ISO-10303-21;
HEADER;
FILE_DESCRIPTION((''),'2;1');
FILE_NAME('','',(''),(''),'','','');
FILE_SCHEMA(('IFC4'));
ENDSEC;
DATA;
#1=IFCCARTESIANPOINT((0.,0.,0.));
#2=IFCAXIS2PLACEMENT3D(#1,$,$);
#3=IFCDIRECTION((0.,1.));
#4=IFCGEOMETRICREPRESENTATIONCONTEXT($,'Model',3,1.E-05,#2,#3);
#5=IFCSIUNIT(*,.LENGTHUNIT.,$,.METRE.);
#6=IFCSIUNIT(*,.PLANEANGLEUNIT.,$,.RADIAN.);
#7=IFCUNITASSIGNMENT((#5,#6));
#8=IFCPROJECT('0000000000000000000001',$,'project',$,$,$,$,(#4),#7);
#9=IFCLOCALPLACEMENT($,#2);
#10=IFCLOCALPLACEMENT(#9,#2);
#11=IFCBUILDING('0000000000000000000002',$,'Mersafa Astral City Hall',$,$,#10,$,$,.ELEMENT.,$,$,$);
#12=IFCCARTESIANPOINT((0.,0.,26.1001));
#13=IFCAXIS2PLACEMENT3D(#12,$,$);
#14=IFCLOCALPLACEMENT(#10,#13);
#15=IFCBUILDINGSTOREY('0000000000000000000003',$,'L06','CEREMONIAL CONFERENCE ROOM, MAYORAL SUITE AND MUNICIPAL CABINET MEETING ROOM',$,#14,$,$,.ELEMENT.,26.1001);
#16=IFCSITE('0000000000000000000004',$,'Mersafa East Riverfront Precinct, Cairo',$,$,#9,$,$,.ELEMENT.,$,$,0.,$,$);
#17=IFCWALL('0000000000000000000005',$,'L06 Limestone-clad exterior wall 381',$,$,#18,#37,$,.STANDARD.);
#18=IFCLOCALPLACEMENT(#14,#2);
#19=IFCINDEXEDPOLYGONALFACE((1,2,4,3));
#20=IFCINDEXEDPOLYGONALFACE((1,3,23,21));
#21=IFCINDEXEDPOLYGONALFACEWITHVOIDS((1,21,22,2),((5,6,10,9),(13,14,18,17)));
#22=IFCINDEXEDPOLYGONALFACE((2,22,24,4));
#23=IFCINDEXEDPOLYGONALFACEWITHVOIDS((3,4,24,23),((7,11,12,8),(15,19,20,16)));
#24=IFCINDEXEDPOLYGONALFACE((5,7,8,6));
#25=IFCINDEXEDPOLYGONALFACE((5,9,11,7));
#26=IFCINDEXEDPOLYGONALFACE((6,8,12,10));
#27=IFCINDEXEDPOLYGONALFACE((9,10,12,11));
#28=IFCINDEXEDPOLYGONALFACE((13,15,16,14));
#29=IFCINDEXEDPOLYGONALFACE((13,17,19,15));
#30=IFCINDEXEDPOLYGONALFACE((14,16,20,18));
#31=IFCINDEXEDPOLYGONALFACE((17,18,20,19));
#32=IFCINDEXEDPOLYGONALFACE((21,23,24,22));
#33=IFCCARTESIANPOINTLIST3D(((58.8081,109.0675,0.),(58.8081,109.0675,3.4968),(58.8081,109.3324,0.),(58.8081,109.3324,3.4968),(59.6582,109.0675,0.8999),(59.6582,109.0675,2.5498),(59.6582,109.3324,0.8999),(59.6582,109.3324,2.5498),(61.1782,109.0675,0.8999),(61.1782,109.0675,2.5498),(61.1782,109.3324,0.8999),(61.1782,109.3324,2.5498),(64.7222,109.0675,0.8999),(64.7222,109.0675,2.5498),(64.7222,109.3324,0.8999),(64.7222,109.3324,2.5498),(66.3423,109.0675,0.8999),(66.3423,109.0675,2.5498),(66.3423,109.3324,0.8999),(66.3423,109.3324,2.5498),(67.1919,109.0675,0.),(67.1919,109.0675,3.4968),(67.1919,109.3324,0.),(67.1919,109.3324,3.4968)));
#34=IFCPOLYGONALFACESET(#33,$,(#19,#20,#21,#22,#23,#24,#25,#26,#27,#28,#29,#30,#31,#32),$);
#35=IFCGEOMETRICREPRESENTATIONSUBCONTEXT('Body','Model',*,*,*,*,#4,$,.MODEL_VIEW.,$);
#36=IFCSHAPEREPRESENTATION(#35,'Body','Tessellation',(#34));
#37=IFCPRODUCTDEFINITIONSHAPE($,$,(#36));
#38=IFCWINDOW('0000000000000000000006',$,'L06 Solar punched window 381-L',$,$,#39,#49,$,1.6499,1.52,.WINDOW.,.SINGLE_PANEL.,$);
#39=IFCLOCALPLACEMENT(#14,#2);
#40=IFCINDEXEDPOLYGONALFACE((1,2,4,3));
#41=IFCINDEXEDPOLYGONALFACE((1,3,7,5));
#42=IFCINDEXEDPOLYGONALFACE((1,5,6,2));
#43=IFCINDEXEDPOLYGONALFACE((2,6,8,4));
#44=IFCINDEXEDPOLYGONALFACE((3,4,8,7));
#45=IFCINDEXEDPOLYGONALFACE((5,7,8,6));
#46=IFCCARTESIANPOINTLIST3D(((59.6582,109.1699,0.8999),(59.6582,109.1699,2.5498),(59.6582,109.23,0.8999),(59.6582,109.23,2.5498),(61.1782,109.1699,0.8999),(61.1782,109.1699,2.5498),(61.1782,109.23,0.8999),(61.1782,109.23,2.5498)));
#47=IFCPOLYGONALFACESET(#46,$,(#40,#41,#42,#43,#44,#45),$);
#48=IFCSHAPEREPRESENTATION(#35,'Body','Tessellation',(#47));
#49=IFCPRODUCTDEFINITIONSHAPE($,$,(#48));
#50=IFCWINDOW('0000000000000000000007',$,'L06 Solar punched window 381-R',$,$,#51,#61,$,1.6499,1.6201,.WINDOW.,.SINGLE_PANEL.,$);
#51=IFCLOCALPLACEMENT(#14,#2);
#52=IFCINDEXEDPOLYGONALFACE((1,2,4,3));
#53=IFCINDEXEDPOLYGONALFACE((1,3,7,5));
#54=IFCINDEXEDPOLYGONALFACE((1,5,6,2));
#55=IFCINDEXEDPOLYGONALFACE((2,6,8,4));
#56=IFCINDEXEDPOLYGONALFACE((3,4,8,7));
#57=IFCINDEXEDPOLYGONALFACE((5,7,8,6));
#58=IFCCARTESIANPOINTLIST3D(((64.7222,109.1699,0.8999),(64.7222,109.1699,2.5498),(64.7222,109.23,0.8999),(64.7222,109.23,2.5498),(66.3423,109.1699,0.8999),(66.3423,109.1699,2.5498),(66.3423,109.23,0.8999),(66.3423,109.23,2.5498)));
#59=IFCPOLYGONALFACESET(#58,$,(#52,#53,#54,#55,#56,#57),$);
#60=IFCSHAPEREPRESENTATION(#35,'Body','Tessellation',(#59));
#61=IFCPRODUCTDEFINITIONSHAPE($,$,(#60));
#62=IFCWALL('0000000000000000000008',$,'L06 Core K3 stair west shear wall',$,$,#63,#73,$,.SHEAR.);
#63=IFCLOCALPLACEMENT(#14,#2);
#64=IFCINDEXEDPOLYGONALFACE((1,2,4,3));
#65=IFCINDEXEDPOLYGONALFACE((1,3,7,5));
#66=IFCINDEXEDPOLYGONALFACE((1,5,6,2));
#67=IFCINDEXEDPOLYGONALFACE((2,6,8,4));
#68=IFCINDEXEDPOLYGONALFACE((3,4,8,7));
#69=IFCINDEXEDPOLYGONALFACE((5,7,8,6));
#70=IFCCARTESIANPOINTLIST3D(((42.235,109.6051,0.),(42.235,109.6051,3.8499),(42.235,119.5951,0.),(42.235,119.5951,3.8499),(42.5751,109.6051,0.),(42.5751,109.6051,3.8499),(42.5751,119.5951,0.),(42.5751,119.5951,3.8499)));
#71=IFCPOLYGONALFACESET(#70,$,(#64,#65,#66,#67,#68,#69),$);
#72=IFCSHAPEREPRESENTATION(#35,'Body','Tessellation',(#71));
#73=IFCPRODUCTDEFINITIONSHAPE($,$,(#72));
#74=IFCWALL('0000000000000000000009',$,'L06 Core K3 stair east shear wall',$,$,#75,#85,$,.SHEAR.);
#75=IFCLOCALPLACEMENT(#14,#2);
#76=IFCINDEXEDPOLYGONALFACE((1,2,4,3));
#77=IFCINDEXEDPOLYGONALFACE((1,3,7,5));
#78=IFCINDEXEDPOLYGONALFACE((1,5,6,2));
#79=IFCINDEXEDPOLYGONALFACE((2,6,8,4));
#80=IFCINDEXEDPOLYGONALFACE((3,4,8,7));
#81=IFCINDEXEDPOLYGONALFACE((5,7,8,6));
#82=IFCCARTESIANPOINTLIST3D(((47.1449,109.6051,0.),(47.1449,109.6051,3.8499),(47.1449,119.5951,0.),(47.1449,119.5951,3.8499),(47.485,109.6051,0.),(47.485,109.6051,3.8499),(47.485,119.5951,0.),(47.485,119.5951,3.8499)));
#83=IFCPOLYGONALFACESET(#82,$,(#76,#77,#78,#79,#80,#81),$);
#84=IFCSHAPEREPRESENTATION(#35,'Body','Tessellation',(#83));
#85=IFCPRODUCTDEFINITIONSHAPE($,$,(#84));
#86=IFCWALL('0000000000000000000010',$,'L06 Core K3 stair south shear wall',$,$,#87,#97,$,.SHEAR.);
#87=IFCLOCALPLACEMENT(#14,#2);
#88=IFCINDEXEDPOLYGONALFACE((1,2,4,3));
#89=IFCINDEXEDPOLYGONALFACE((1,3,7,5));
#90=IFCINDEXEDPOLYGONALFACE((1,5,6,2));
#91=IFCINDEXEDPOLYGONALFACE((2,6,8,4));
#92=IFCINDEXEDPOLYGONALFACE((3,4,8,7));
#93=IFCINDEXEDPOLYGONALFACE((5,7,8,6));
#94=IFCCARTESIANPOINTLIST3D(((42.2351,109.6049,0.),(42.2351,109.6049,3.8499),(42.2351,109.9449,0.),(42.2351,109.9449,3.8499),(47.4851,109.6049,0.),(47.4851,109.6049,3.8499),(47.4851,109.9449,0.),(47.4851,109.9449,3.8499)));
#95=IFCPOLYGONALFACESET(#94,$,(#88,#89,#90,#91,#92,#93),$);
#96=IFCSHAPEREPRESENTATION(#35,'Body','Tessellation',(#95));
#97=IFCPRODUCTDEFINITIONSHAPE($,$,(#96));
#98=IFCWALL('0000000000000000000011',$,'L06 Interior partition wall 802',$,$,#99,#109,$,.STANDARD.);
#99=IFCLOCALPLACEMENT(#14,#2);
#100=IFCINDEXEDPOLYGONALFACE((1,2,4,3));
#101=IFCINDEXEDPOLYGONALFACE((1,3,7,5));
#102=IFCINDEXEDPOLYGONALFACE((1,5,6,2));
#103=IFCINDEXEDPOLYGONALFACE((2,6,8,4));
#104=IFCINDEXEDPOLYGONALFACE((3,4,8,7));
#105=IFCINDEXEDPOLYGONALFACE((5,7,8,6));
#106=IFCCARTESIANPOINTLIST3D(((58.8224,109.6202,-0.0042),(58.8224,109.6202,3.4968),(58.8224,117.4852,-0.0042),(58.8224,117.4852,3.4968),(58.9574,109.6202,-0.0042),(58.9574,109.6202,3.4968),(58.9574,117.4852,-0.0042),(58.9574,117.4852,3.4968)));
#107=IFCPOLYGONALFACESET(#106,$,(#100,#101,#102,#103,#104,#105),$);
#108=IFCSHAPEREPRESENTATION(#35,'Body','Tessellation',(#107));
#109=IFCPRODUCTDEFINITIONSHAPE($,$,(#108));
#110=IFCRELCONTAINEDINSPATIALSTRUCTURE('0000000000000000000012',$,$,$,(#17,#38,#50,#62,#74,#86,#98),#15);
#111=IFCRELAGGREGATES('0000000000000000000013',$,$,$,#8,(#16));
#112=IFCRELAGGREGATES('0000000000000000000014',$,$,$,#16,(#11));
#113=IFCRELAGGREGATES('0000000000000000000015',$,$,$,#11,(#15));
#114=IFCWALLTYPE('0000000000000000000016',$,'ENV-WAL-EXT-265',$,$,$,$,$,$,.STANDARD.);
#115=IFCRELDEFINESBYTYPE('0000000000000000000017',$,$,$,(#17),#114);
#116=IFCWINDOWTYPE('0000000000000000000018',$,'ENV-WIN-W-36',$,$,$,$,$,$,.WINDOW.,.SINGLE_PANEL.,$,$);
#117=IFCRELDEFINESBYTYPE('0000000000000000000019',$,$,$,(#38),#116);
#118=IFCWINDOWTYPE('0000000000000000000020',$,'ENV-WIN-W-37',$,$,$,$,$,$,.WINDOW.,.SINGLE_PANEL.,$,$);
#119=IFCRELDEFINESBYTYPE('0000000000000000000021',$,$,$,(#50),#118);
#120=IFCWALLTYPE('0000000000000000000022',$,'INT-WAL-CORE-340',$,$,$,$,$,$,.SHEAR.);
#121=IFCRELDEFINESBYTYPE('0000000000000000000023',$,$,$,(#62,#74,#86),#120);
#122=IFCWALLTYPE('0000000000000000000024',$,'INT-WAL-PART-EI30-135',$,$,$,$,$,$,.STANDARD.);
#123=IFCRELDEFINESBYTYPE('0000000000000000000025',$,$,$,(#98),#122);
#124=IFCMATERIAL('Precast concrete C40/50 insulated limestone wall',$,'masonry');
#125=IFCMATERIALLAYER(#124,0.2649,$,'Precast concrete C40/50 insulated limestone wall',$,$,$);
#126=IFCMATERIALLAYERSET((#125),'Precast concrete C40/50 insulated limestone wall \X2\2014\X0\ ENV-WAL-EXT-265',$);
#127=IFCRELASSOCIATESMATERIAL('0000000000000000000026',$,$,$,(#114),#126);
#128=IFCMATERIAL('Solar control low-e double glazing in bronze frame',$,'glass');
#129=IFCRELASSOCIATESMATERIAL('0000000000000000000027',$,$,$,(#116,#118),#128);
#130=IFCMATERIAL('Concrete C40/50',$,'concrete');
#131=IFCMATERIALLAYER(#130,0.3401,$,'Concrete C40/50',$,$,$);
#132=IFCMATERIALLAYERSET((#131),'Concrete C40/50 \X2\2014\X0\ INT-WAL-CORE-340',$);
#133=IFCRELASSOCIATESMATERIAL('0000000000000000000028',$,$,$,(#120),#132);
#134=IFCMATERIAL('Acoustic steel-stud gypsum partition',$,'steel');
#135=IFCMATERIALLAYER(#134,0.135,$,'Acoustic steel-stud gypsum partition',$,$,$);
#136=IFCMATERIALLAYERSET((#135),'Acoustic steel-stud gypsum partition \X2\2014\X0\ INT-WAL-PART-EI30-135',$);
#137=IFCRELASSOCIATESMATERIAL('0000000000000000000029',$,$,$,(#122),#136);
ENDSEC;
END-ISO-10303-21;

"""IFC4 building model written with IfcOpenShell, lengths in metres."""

from ifc_helpers import new_model, si_unit, direction, frame, frame_2d, origin, place, context, subcontext, project, spatial, rectangle, extrude, material, layer, layer_set, type_object, element, fill, save


model = new_model("IFC4")

# Units and contexts
model_context = context("Model", 3, precision=1e-05, world=origin(), true_north=direction((0.0, 1.0)))
body_context = subcontext(model_context, "Body", "Model", "MODEL_VIEW")
ifc_project = project(units=[si_unit("LENGTHUNIT", "METRE"), si_unit("PLANEANGLEUNIT", "RADIAN")], contexts=[model_context])

# Site, building, storey
site_placement = place(None, origin())
site = spatial("IfcSite", under=ifc_project, at=site_placement, Name="Mersafa East Riverfront Precinct, Cairo", CompositionType="ELEMENT", RefElevation=0.0)
building_placement = place(site_placement, origin())
building = spatial("IfcBuilding", under=site, at=building_placement, Name="Mersafa Astral City Hall", CompositionType="ELEMENT")
storey_placement = place(building_placement, frame((0.0, 0.0, 26.1001)))
storey = spatial("IfcBuildingStorey", under=building, at=storey_placement, Name="L06", Description="CEREMONIAL CONFERENCE ROOM, MAYORAL SUITE AND MUNICIPAL CABINET MEETING ROOM", CompositionType="ELEMENT", Elevation=26.1001)

# Wall, openings, windows
ifc_material_1 = material(Name="Precast concrete C40/50 insulated limestone wall", Category="masonry")
ifc_layer_1 = layer(ifc_material_1, 0.2649, Name="Precast concrete C40/50 insulated limestone wall")
ifc_layer_set_1 = layer_set([ifc_layer_1], Name="Precast concrete C40/50 insulated limestone wall — ENV-WAL-EXT-265")
wall_type_1 = type_object("IfcWallType", Name="ENV-WAL-EXT-265", PredefinedType="STANDARD", material=ifc_layer_set_1)
wall_1_placement = place(storey_placement, frame((58.8081, 109.2, 0.0), z_axis=(0.0, 0.0, 1.0), x_axis=(1.0, 0.0, 0.0)))
wall_1 = element("IfcWall", 1, at=wall_1_placement, inside=storey, type_object=wall_type_1, Name="L06 Limestone-clad exterior wall 381", PredefinedType="STANDARD", context=body_context, shape_type="SweptSolid", body=[
    extrude(rectangle(XDim=8.3838, YDim=0.2649, at=frame_2d((4.1919, 0.0))), origin(), (0.0, 0.0, 1.0), 3.4968),
])
opening_1_placement = place(wall_1_placement, frame((0.8501, 0.0, 0.8999)))
opening_1 = element("IfcOpeningElement", 2, at=opening_1_placement, cuts=wall_1, PredefinedType="OPENING", context=body_context, shape_type="SweptSolid", body=[
    extrude(rectangle(XDim=1.52, YDim=1.6499, at=frame_2d((0.76, 0.825))), frame((0.0, 0.1423, 0.0), z_axis=(0.0, -1.0, 0.0), x_axis=(1.0, 0.0, 0.0)), (0.0, 0.0, 1.0), 0.2849),
])
opening_2_placement = place(wall_1_placement, frame((5.9141, 0.0, 0.8999)))
opening_2 = element("IfcOpeningElement", 3, at=opening_2_placement, cuts=wall_1, PredefinedType="OPENING", context=body_context, shape_type="SweptSolid", body=[
    extrude(rectangle(XDim=1.6201, YDim=1.6499, at=frame_2d((0.8101, 0.825))), frame((0.0, 0.1423, 0.0), z_axis=(0.0, -1.0, 0.0), x_axis=(1.0, 0.0, 0.0)), (0.0, 0.0, 1.0), 0.2849),
])
ifc_material_2 = material(Name="Solar control low-e double glazing in bronze frame", Category="glass")
window_type_1 = type_object("IfcWindowType", Name="ENV-WIN-W-36", PartitioningType="SINGLE_PANEL", PredefinedType="WINDOW", material=ifc_material_2)
window_1_placement = place(opening_1_placement, origin())
window_1 = element("IfcWindow", 4, at=window_1_placement, inside=storey, type_object=window_type_1, Name="L06 Solar punched window 381-L", OverallHeight=1.6499, OverallWidth=1.52, PartitioningType="SINGLE_PANEL", PredefinedType="WINDOW", context=body_context, shape_type="SweptSolid", body=[
    extrude(rectangle(XDim=1.52, YDim=1.6499, at=frame_2d((0.76, 0.825))), frame((0.0, 0.03, 0.0), z_axis=(0.0, -1.0, 0.0), x_axis=(1.0, 0.0, 0.0)), (0.0, 0.0, 1.0), 0.0601),
])
fill(opening_1, window_1)
window_type_2 = type_object("IfcWindowType", Name="ENV-WIN-W-37", PartitioningType="SINGLE_PANEL", PredefinedType="WINDOW", material=ifc_material_2)
window_2_placement = place(opening_2_placement, origin())
window_2 = element("IfcWindow", 5, at=window_2_placement, inside=storey, type_object=window_type_2, Name="L06 Solar punched window 381-R", OverallHeight=1.6499, OverallWidth=1.6201, PartitioningType="SINGLE_PANEL", PredefinedType="WINDOW", context=body_context, shape_type="SweptSolid", body=[
    extrude(rectangle(XDim=1.6201, YDim=1.6499, at=frame_2d((0.8101, 0.825))), frame((0.0, 0.03, 0.0), z_axis=(0.0, -1.0, 0.0), x_axis=(1.0, 0.0, 0.0)), (0.0, 0.0, 1.0), 0.0601),
])
fill(opening_2, window_2)

# Walls
ifc_material_3 = material(Name="Concrete C40/50", Category="concrete")
ifc_layer_2 = layer(ifc_material_3, 0.3401, Name="Concrete C40/50")
ifc_layer_set_2 = layer_set([ifc_layer_2], Name="Concrete C40/50 — INT-WAL-CORE-340")
wall_type_2 = type_object("IfcWallType", Name="INT-WAL-CORE-340", PredefinedType="SHEAR", material=ifc_layer_set_2)
for number, where, z_axis, x_axis, name in (
    (6, (42.405, 109.605, 0.0), (0.0, 0.0, 1.0), (0.0, 1.0, 0.0), "L06 Core K3 stair west shear wall"),
    (7, (47.3149, 109.605, 0.0), (0.0, 0.0, 1.0), (0.0, 1.0, 0.0), "L06 Core K3 stair east shear wall"),
):
    element("IfcWall", number, at=place(storey_placement, frame(where, z_axis=z_axis, x_axis=x_axis)), inside=storey, type_object=wall_type_2, Name=name, PredefinedType="SHEAR", context=body_context, shape_type="SweptSolid", body=[
        extrude(rectangle(XDim=9.99, YDim=0.3401, at=frame_2d((4.9951, 0.0))), origin(), (0.0, 0.0, 1.0), 3.8499),
    ])
wall_2_placement = place(storey_placement, frame((42.2351, 109.7749, 0.0), z_axis=(0.0, 0.0, 1.0), x_axis=(1.0, 0.0, 0.0)))
element("IfcWall", 8, at=wall_2_placement, inside=storey, type_object=wall_type_2, Name="L06 Core K3 stair south shear wall", PredefinedType="SHEAR", context=body_context, shape_type="SweptSolid", body=[
    extrude(rectangle(XDim=5.25, YDim=0.3401, at=frame_2d((2.625, 0.0))), origin(), (0.0, 0.0, 1.0), 3.8499),
])
ifc_material_4 = material(Name="Acoustic steel-stud gypsum partition", Category="steel")
ifc_layer_3 = layer(ifc_material_4, 0.135, Name="Acoustic steel-stud gypsum partition")
ifc_layer_set_3 = layer_set([ifc_layer_3], Name="Acoustic steel-stud gypsum partition — INT-WAL-PART-EI30-135")
wall_type_3 = type_object("IfcWallType", Name="INT-WAL-PART-EI30-135", PredefinedType="STANDARD", material=ifc_layer_set_3)
wall_3_placement = place(storey_placement, frame((58.8899, 109.6201, -0.0042), z_axis=(0.0, 0.0, 1.0), x_axis=(0.0, 1.0, 0.0)))
element("IfcWall", 9, at=wall_3_placement, inside=storey, type_object=wall_type_3, Name="L06 Interior partition wall 802", PredefinedType="STANDARD", context=body_context, shape_type="SweptSolid", body=[
    extrude(rectangle(XDim=7.865, YDim=0.135, at=frame_2d((3.9326, 0.0))), origin(), (0.0, 0.0, 1.0), 3.501),
])

save(model, "model.ifc")
